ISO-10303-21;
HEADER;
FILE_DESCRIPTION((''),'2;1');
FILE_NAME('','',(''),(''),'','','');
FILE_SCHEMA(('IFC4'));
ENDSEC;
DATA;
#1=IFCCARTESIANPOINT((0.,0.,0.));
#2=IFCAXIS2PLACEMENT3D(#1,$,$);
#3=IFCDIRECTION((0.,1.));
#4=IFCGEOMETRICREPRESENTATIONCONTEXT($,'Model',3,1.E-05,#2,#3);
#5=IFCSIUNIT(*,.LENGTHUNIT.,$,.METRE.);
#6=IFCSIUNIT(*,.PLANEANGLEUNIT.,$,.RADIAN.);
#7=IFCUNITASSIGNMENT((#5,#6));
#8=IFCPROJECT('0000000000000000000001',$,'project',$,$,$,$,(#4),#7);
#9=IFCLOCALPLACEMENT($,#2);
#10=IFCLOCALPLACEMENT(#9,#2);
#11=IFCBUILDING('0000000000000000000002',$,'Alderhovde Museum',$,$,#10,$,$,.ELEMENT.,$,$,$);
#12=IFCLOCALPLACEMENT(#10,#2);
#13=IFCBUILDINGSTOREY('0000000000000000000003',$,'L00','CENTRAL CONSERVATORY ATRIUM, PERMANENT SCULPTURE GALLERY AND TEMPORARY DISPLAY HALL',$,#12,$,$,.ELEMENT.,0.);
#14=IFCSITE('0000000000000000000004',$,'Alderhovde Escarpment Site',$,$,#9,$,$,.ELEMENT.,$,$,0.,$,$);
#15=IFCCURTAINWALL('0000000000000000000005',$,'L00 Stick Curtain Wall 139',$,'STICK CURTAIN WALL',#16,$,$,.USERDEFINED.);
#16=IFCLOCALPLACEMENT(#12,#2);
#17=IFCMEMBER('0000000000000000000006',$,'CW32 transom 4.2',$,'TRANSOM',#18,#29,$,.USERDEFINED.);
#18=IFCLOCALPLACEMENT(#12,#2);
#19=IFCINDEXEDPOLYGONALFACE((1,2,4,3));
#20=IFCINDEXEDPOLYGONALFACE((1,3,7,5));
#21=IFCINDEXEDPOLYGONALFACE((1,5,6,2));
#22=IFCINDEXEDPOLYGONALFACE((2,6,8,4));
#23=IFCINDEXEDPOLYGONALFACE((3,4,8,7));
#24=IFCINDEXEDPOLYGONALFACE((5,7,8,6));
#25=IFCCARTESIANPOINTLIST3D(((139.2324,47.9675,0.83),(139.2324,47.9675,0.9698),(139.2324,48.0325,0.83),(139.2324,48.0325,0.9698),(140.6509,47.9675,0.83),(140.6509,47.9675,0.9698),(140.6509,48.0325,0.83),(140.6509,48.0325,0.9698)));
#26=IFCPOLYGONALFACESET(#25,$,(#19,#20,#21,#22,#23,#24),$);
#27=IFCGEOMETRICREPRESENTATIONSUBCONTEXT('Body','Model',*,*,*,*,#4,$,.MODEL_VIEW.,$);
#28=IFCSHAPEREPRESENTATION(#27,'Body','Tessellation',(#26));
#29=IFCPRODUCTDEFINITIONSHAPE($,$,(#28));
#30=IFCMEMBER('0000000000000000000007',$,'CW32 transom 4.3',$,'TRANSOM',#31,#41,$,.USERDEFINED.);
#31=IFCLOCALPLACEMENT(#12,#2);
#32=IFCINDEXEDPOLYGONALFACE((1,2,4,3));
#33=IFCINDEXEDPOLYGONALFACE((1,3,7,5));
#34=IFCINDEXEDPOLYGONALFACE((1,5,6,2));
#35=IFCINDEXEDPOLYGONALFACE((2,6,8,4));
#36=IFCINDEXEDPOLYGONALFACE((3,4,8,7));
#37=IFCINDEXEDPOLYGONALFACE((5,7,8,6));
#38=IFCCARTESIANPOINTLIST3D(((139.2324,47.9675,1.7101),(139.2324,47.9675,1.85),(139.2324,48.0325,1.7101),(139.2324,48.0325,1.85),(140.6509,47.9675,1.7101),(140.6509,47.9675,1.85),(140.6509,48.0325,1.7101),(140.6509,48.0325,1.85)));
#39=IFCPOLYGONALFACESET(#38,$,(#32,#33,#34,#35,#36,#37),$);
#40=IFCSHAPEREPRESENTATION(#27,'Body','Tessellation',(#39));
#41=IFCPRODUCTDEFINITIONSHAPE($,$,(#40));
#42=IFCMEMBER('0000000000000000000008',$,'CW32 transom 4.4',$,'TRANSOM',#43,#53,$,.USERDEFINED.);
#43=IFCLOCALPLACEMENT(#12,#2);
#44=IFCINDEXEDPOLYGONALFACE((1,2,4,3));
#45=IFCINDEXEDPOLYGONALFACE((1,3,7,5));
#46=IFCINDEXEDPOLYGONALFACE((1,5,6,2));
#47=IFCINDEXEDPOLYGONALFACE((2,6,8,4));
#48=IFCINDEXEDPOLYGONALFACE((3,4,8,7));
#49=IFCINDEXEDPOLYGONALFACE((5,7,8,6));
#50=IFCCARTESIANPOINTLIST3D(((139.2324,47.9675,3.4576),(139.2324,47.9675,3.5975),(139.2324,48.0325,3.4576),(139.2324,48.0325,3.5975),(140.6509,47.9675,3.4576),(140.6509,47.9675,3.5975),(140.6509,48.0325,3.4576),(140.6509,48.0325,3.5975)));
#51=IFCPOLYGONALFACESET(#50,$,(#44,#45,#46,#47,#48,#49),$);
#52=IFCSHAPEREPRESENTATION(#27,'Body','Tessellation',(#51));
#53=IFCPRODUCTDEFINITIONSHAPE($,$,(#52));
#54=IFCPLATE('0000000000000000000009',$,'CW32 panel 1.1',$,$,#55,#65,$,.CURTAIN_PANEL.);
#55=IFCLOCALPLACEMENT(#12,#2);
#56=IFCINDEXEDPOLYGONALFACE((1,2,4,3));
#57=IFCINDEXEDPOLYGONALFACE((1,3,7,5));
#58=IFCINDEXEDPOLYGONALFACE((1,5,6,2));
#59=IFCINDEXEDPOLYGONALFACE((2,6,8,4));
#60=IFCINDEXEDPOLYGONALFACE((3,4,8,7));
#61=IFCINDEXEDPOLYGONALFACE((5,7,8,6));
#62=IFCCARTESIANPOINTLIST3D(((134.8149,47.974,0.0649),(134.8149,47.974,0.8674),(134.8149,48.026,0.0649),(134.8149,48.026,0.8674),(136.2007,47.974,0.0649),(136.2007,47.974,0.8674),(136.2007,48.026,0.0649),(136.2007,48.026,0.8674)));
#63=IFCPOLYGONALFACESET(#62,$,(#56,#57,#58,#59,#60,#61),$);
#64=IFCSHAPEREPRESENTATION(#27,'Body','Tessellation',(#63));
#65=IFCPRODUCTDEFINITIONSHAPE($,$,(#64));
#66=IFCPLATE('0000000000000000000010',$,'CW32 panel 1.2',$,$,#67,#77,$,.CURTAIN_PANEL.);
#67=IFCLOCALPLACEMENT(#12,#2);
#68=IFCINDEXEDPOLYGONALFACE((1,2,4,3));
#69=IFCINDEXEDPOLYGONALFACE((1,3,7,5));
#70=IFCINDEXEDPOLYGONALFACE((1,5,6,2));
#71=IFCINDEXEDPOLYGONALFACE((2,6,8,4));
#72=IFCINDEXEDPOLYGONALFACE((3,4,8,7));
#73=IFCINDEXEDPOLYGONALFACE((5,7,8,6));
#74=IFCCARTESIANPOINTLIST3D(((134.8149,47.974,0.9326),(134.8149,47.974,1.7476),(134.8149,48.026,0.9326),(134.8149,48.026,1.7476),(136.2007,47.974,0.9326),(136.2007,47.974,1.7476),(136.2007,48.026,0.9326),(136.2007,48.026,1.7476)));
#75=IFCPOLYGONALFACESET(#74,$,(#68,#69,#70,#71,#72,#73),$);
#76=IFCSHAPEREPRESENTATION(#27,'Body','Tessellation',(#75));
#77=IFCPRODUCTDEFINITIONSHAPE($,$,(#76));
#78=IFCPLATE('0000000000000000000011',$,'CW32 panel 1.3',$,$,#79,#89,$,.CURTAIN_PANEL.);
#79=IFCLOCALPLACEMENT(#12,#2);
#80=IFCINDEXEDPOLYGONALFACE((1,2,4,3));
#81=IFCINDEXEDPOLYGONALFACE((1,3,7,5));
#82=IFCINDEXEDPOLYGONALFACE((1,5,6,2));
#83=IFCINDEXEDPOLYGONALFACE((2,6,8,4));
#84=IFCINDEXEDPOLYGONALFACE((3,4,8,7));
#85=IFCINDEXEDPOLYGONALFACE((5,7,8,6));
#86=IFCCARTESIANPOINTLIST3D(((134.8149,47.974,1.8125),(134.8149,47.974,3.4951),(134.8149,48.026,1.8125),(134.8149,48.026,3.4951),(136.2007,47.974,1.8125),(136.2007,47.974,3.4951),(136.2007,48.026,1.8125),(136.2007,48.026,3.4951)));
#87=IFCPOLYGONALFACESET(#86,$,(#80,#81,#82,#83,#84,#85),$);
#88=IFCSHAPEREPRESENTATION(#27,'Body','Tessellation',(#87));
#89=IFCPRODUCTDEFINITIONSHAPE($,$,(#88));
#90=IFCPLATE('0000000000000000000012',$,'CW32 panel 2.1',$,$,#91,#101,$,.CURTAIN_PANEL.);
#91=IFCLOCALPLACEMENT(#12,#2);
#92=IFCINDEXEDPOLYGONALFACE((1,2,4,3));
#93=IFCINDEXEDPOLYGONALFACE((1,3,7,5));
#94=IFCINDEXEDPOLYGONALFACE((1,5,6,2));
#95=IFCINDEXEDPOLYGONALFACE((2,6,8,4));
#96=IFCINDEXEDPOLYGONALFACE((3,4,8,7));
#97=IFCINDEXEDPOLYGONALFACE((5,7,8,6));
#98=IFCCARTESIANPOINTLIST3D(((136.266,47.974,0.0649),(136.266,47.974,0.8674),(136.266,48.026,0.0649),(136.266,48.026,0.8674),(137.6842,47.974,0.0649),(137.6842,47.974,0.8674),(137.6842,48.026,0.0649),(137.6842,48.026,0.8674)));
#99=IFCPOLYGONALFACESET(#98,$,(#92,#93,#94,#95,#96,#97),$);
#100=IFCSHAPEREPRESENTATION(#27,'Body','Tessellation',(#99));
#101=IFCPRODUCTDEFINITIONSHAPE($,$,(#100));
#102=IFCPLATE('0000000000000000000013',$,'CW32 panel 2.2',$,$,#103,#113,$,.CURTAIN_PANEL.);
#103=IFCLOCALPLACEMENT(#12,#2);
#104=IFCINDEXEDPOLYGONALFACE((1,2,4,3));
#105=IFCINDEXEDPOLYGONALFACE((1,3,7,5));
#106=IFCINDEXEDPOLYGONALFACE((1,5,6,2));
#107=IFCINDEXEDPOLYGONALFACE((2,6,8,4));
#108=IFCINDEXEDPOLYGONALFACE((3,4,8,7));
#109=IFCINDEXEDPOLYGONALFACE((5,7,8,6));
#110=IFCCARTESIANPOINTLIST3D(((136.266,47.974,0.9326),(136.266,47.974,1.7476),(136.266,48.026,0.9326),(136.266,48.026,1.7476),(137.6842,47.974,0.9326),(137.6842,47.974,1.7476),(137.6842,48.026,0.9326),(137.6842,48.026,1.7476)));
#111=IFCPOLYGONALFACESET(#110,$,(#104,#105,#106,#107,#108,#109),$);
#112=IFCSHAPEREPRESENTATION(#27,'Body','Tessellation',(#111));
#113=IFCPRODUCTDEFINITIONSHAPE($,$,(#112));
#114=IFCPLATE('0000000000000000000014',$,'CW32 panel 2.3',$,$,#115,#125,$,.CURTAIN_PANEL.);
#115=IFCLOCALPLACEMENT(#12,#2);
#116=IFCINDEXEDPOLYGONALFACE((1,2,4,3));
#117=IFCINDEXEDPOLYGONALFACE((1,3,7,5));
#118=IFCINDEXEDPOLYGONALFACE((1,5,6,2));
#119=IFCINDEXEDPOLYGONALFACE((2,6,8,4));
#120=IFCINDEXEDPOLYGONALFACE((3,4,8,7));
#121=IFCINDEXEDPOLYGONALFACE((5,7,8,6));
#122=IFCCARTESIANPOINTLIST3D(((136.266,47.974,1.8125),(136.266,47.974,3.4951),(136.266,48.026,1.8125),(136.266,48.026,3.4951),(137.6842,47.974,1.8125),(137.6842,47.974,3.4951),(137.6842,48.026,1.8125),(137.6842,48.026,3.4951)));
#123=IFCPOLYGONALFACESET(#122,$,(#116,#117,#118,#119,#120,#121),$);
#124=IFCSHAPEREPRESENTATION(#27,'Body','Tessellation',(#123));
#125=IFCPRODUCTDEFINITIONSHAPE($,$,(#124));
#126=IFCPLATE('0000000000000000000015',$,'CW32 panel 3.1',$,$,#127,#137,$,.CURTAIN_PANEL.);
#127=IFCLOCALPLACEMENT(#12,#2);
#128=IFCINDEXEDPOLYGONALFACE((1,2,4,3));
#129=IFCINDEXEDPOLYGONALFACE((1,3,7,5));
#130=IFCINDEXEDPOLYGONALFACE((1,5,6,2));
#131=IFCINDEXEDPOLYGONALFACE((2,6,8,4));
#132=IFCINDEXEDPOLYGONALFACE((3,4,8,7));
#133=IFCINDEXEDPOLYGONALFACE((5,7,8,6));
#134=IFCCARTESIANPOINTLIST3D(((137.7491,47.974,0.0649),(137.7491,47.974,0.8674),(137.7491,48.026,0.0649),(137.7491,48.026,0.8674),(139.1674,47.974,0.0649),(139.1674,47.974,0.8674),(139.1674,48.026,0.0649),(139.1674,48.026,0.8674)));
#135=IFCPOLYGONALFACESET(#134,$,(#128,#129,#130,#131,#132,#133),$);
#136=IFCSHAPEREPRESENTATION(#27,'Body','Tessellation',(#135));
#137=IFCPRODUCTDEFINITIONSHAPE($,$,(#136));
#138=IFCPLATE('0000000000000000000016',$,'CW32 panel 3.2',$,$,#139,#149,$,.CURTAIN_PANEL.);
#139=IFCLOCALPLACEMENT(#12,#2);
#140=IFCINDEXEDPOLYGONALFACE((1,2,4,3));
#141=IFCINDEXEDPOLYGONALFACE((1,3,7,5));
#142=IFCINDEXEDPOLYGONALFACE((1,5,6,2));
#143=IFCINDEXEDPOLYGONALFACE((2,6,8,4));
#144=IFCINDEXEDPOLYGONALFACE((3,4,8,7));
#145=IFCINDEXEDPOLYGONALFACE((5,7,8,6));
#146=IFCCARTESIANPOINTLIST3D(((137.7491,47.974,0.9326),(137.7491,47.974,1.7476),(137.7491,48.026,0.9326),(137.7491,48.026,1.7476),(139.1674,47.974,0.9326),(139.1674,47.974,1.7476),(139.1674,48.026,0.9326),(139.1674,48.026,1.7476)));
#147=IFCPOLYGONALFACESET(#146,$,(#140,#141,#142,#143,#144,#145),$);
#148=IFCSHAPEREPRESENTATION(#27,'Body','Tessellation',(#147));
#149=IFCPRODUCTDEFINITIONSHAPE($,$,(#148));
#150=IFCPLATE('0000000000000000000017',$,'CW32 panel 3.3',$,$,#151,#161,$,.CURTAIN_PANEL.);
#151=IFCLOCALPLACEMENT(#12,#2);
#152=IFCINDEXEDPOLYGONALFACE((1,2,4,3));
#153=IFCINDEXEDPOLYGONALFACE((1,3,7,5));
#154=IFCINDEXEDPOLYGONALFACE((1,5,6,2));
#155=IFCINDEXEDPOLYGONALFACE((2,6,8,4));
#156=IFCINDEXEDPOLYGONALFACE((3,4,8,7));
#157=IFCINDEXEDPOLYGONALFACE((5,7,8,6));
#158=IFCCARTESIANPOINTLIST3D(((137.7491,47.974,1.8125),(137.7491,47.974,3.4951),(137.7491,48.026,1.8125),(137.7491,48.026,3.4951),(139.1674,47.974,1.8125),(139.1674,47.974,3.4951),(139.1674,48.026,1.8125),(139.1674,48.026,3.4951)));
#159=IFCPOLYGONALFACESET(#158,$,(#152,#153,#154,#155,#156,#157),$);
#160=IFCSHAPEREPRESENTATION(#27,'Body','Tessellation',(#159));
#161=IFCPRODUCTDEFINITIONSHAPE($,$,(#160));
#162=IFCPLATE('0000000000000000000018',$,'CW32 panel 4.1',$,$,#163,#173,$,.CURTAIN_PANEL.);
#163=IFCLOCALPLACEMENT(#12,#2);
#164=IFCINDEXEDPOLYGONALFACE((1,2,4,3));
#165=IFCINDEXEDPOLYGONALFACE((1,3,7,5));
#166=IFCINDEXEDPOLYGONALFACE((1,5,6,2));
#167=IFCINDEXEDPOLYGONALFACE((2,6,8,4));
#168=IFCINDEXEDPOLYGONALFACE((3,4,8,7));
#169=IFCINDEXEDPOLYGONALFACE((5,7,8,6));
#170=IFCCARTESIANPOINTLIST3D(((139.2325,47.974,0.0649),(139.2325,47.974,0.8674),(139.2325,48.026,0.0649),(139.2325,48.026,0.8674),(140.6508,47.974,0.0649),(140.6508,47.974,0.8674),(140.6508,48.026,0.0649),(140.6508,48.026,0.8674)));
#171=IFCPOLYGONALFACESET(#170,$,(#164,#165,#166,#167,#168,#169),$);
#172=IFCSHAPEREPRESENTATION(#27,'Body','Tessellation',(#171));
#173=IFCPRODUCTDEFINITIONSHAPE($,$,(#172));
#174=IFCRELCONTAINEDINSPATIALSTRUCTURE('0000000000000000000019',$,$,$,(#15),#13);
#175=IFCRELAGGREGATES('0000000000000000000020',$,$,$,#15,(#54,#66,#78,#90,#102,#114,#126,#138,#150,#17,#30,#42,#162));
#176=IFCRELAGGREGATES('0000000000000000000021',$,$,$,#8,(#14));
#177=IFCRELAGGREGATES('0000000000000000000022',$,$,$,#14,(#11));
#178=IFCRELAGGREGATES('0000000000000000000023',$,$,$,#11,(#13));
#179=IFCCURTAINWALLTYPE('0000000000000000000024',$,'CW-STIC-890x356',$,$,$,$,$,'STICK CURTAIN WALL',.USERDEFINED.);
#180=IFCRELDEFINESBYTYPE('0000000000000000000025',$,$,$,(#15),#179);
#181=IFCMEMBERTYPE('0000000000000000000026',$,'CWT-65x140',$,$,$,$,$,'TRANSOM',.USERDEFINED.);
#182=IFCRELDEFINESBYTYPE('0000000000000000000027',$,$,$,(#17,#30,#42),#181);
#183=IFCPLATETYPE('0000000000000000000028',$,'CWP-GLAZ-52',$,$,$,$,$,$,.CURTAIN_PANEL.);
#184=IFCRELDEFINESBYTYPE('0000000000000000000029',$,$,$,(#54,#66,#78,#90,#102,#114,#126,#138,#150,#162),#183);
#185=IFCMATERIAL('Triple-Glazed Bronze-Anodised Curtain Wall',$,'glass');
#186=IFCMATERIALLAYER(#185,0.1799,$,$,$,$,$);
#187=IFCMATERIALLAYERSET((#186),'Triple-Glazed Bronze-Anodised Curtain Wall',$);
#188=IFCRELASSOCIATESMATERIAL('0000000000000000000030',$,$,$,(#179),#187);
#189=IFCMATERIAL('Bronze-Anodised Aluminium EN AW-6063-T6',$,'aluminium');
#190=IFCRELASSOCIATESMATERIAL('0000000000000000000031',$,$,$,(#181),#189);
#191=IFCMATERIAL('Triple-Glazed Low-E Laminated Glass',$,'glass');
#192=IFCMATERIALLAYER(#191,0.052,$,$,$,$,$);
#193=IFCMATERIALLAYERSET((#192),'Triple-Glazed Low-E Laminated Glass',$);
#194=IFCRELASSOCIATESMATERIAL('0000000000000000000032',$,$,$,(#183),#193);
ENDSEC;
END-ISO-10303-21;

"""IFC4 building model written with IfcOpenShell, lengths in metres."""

from ifc_helpers import new_model, si_unit, direction, frame, origin, origin_2d, place, context, subcontext, project, spatial, rectangle, extrude, material, layer, layer_set, material_profile, profile_set, type_object, element, aggregate, save


model = new_model("IFC4")

# Units and contexts
model_context = context("Model", 3, precision=1e-05, world=origin(), true_north=direction((0.0, 1.0)))
body_context = subcontext(model_context, "Body", "Model", "MODEL_VIEW")
ifc_project = project(units=[si_unit("LENGTHUNIT", "METRE"), si_unit("PLANEANGLEUNIT", "RADIAN")], contexts=[model_context])

# Site, building, storey
site_placement = place(None, origin())
site = spatial("IfcSite", under=ifc_project, at=site_placement, Name="Alderhovde Escarpment Site", CompositionType="ELEMENT", RefElevation=0.0)
building_placement = place(site_placement, origin())
building = spatial("IfcBuilding", under=site, at=building_placement, Name="Alderhovde Museum", CompositionType="ELEMENT")
storey_placement = place(building_placement, origin())
storey = spatial("IfcBuildingStorey", under=building, at=storey_placement, Name="L00", Description="CENTRAL CONSERVATORY ATRIUM, PERMANENT SCULPTURE GALLERY AND TEMPORARY DISPLAY HALL", CompositionType="ELEMENT", Elevation=0.0)

# Curtain wall, members, plates
ifc_material_1 = material(Name="Triple-Glazed Bronze-Anodised Curtain Wall", Category="glass")
ifc_layer_1 = layer(ifc_material_1, 0.1799)
ifc_layer_set_1 = layer_set([ifc_layer_1], Name="Triple-Glazed Bronze-Anodised Curtain Wall")
curtain_wall_type = type_object("IfcCurtainWallType", Name="CW-STIC-890x356", ElementType="STICK CURTAIN WALL", PredefinedType="USERDEFINED", material=ifc_layer_set_1)
curtain_wall_placement = place(storey_placement, origin())
curtain_wall = element("IfcCurtainWall", 1, at=curtain_wall_placement, inside=storey, type_object=curtain_wall_type, Name="L00 Stick Curtain Wall 139", ObjectType="STICK CURTAIN WALL", PredefinedType="USERDEFINED")
ifc_material_2 = material(Name="Bronze-Anodised Aluminium EN AW-6063-T6", Category="aluminium")
ifc_material_profile_1 = material_profile(ifc_material_2, rectangle(XDim=0.0649, YDim=0.1399, at=origin_2d()), Name="TRANSOM 65x140")
ifc_profile_set_1 = profile_set([ifc_material_profile_1], Name="Bronze-Anodised Aluminium EN AW-6063-T6")
member_type_1 = type_object("IfcMemberType", Name="CWT-65x140", ElementType="TRANSOM", PredefinedType="USERDEFINED", material=ifc_profile_set_1)
member_1_placement = place(storey_placement, frame((139.2324, 48.0, 0.8999), z_axis=(1.0, 0.0, 0.0), x_axis=(0.0, 1.0, 0.0)))
member_1 = element("IfcMember", 2, at=member_1_placement, type_object=member_type_1, Name="CW32 transom 4.2", ObjectType="TRANSOM", PredefinedType="USERDEFINED", context=body_context, shape_type="SweptSolid", body=[
    extrude(rectangle(XDim=0.0649, YDim=0.1399, at=origin_2d()), origin(), (0.0, 0.0, 1.0), 1.4185),
])
member_2_placement = place(storey_placement, frame((139.2324, 48.0, 1.78), z_axis=(1.0, 0.0, 0.0), x_axis=(0.0, 1.0, 0.0)))
member_2 = element("IfcMember", 3, at=member_2_placement, type_object=member_type_1, Name="CW32 transom 4.3", ObjectType="TRANSOM", PredefinedType="USERDEFINED", context=body_context, shape_type="SweptSolid", body=[
    extrude(rectangle(XDim=0.0649, YDim=0.1399, at=origin_2d()), origin(), (0.0, 0.0, 1.0), 1.4185),
])
member_3_placement = place(storey_placement, frame((139.2324, 48.0, 3.5276), z_axis=(1.0, 0.0, 0.0), x_axis=(0.0, 1.0, 0.0)))
member_3 = element("IfcMember", 4, at=member_3_placement, type_object=member_type_1, Name="CW32 transom 4.4", ObjectType="TRANSOM", PredefinedType="USERDEFINED", context=body_context, shape_type="SweptSolid", body=[
    extrude(rectangle(XDim=0.0649, YDim=0.1399, at=origin_2d()), origin(), (0.0, 0.0, 1.0), 1.4185),
])
ifc_material_3 = material(Name="Triple-Glazed Low-E Laminated Glass", Category="glass")
ifc_layer_2 = layer(ifc_material_3, 0.052)
ifc_layer_set_2 = layer_set([ifc_layer_2], Name="Triple-Glazed Low-E Laminated Glass")
plate_type = type_object("IfcPlateType", Name="CWP-GLAZ-52", PredefinedType="CURTAIN_PANEL", material=ifc_layer_set_2)
plate_1_placement = place(storey_placement, frame((135.5078, 48.0, 0.0649), z_axis=(0.0, 0.0, 1.0), x_axis=(1.0, 0.0, 0.0)))
plate_1 = element("IfcPlate", 5, at=plate_1_placement, type_object=plate_type, Name="CW32 panel 1.1", PredefinedType="CURTAIN_PANEL", context=body_context, shape_type="SweptSolid", body=[
    extrude(rectangle(XDim=1.3857, YDim=0.052, at=origin_2d()), origin(), (0.0, 0.0, 1.0), 0.8025),
])
plate_2_placement = place(storey_placement, frame((135.5078, 48.0, 0.9326), z_axis=(0.0, 0.0, 1.0), x_axis=(1.0, 0.0, 0.0)))
plate_2 = element("IfcPlate", 6, at=plate_2_placement, type_object=plate_type, Name="CW32 panel 1.2", PredefinedType="CURTAIN_PANEL", context=body_context, shape_type="SweptSolid", body=[
    extrude(rectangle(XDim=1.3857, YDim=0.052, at=origin_2d()), origin(), (0.0, 0.0, 1.0), 0.8149),
])
plate_3_placement = place(storey_placement, frame((135.5078, 48.0, 1.8125), z_axis=(0.0, 0.0, 1.0), x_axis=(1.0, 0.0, 0.0)))
plate_3 = element("IfcPlate", 7, at=plate_3_placement, type_object=plate_type, Name="CW32 panel 1.3", PredefinedType="CURTAIN_PANEL", context=body_context, shape_type="SweptSolid", body=[
    extrude(rectangle(XDim=1.3857, YDim=0.052, at=origin_2d()), origin(), (0.0, 0.0, 1.0), 1.6826),
])
plate_4_placement = place(storey_placement, frame((136.9751, 48.0, 0.0649), z_axis=(0.0, 0.0, 1.0), x_axis=(1.0, 0.0, 0.0)))
plate_4 = element("IfcPlate", 8, at=plate_4_placement, type_object=plate_type, Name="CW32 panel 2.1", PredefinedType="CURTAIN_PANEL", context=body_context, shape_type="SweptSolid", body=[
    extrude(rectangle(XDim=1.4182, YDim=0.052, at=origin_2d()), origin(), (0.0, 0.0, 1.0), 0.8025),
])
plate_5_placement = place(storey_placement, frame((136.9751, 48.0, 0.9326), z_axis=(0.0, 0.0, 1.0), x_axis=(1.0, 0.0, 0.0)))
plate_5 = element("IfcPlate", 9, at=plate_5_placement, type_object=plate_type, Name="CW32 panel 2.2", PredefinedType="CURTAIN_PANEL", context=body_context, shape_type="SweptSolid", body=[
    extrude(rectangle(XDim=1.4182, YDim=0.052, at=origin_2d()), origin(), (0.0, 0.0, 1.0), 0.8149),
])
plate_6_placement = place(storey_placement, frame((136.9751, 48.0, 1.8125), z_axis=(0.0, 0.0, 1.0), x_axis=(1.0, 0.0, 0.0)))
plate_6 = element("IfcPlate", 10, at=plate_6_placement, type_object=plate_type, Name="CW32 panel 2.3", PredefinedType="CURTAIN_PANEL", context=body_context, shape_type="SweptSolid", body=[
    extrude(rectangle(XDim=1.4182, YDim=0.052, at=origin_2d()), origin(), (0.0, 0.0, 1.0), 1.6826),
])
plate_7_placement = place(storey_placement, frame((138.4583, 48.0, 0.0649), z_axis=(0.0, 0.0, 1.0), x_axis=(1.0, 0.0, 0.0)))
plate_7 = element("IfcPlate", 11, at=plate_7_placement, type_object=plate_type, Name="CW32 panel 3.1", PredefinedType="CURTAIN_PANEL", context=body_context, shape_type="SweptSolid", body=[
    extrude(rectangle(XDim=1.4182, YDim=0.052, at=origin_2d()), origin(), (0.0, 0.0, 1.0), 0.8025),
])
plate_8_placement = place(storey_placement, frame((138.4583, 48.0, 0.9326), z_axis=(0.0, 0.0, 1.0), x_axis=(1.0, 0.0, 0.0)))
plate_8 = element("IfcPlate", 12, at=plate_8_placement, type_object=plate_type, Name="CW32 panel 3.2", PredefinedType="CURTAIN_PANEL", context=body_context, shape_type="SweptSolid", body=[
    extrude(rectangle(XDim=1.4182, YDim=0.052, at=origin_2d()), origin(), (0.0, 0.0, 1.0), 0.8149),
])
plate_9_placement = place(storey_placement, frame((138.4583, 48.0, 1.8125), z_axis=(0.0, 0.0, 1.0), x_axis=(1.0, 0.0, 0.0)))
plate_9 = element("IfcPlate", 13, at=plate_9_placement, type_object=plate_type, Name="CW32 panel 3.3", PredefinedType="CURTAIN_PANEL", context=body_context, shape_type="SweptSolid", body=[
    extrude(rectangle(XDim=1.4182, YDim=0.052, at=origin_2d()), origin(), (0.0, 0.0, 1.0), 1.6826),
])
plate_10_placement = place(storey_placement, frame((139.9417, 48.0, 0.0649), z_axis=(0.0, 0.0, 1.0), x_axis=(1.0, 0.0, 0.0)))
plate_10 = element("IfcPlate", 14, at=plate_10_placement, type_object=plate_type, Name="CW32 panel 4.1", PredefinedType="CURTAIN_PANEL", context=body_context, shape_type="SweptSolid", body=[
    extrude(rectangle(XDim=1.4182, YDim=0.052, at=origin_2d()), origin(), (0.0, 0.0, 1.0), 0.8025),
])
aggregate(curtain_wall, [plate_1, plate_2, plate_3, plate_4, plate_5, plate_6, plate_7, plate_8, plate_9, member_1, member_2, member_3, plate_10])

save(model, "model.ifc")
